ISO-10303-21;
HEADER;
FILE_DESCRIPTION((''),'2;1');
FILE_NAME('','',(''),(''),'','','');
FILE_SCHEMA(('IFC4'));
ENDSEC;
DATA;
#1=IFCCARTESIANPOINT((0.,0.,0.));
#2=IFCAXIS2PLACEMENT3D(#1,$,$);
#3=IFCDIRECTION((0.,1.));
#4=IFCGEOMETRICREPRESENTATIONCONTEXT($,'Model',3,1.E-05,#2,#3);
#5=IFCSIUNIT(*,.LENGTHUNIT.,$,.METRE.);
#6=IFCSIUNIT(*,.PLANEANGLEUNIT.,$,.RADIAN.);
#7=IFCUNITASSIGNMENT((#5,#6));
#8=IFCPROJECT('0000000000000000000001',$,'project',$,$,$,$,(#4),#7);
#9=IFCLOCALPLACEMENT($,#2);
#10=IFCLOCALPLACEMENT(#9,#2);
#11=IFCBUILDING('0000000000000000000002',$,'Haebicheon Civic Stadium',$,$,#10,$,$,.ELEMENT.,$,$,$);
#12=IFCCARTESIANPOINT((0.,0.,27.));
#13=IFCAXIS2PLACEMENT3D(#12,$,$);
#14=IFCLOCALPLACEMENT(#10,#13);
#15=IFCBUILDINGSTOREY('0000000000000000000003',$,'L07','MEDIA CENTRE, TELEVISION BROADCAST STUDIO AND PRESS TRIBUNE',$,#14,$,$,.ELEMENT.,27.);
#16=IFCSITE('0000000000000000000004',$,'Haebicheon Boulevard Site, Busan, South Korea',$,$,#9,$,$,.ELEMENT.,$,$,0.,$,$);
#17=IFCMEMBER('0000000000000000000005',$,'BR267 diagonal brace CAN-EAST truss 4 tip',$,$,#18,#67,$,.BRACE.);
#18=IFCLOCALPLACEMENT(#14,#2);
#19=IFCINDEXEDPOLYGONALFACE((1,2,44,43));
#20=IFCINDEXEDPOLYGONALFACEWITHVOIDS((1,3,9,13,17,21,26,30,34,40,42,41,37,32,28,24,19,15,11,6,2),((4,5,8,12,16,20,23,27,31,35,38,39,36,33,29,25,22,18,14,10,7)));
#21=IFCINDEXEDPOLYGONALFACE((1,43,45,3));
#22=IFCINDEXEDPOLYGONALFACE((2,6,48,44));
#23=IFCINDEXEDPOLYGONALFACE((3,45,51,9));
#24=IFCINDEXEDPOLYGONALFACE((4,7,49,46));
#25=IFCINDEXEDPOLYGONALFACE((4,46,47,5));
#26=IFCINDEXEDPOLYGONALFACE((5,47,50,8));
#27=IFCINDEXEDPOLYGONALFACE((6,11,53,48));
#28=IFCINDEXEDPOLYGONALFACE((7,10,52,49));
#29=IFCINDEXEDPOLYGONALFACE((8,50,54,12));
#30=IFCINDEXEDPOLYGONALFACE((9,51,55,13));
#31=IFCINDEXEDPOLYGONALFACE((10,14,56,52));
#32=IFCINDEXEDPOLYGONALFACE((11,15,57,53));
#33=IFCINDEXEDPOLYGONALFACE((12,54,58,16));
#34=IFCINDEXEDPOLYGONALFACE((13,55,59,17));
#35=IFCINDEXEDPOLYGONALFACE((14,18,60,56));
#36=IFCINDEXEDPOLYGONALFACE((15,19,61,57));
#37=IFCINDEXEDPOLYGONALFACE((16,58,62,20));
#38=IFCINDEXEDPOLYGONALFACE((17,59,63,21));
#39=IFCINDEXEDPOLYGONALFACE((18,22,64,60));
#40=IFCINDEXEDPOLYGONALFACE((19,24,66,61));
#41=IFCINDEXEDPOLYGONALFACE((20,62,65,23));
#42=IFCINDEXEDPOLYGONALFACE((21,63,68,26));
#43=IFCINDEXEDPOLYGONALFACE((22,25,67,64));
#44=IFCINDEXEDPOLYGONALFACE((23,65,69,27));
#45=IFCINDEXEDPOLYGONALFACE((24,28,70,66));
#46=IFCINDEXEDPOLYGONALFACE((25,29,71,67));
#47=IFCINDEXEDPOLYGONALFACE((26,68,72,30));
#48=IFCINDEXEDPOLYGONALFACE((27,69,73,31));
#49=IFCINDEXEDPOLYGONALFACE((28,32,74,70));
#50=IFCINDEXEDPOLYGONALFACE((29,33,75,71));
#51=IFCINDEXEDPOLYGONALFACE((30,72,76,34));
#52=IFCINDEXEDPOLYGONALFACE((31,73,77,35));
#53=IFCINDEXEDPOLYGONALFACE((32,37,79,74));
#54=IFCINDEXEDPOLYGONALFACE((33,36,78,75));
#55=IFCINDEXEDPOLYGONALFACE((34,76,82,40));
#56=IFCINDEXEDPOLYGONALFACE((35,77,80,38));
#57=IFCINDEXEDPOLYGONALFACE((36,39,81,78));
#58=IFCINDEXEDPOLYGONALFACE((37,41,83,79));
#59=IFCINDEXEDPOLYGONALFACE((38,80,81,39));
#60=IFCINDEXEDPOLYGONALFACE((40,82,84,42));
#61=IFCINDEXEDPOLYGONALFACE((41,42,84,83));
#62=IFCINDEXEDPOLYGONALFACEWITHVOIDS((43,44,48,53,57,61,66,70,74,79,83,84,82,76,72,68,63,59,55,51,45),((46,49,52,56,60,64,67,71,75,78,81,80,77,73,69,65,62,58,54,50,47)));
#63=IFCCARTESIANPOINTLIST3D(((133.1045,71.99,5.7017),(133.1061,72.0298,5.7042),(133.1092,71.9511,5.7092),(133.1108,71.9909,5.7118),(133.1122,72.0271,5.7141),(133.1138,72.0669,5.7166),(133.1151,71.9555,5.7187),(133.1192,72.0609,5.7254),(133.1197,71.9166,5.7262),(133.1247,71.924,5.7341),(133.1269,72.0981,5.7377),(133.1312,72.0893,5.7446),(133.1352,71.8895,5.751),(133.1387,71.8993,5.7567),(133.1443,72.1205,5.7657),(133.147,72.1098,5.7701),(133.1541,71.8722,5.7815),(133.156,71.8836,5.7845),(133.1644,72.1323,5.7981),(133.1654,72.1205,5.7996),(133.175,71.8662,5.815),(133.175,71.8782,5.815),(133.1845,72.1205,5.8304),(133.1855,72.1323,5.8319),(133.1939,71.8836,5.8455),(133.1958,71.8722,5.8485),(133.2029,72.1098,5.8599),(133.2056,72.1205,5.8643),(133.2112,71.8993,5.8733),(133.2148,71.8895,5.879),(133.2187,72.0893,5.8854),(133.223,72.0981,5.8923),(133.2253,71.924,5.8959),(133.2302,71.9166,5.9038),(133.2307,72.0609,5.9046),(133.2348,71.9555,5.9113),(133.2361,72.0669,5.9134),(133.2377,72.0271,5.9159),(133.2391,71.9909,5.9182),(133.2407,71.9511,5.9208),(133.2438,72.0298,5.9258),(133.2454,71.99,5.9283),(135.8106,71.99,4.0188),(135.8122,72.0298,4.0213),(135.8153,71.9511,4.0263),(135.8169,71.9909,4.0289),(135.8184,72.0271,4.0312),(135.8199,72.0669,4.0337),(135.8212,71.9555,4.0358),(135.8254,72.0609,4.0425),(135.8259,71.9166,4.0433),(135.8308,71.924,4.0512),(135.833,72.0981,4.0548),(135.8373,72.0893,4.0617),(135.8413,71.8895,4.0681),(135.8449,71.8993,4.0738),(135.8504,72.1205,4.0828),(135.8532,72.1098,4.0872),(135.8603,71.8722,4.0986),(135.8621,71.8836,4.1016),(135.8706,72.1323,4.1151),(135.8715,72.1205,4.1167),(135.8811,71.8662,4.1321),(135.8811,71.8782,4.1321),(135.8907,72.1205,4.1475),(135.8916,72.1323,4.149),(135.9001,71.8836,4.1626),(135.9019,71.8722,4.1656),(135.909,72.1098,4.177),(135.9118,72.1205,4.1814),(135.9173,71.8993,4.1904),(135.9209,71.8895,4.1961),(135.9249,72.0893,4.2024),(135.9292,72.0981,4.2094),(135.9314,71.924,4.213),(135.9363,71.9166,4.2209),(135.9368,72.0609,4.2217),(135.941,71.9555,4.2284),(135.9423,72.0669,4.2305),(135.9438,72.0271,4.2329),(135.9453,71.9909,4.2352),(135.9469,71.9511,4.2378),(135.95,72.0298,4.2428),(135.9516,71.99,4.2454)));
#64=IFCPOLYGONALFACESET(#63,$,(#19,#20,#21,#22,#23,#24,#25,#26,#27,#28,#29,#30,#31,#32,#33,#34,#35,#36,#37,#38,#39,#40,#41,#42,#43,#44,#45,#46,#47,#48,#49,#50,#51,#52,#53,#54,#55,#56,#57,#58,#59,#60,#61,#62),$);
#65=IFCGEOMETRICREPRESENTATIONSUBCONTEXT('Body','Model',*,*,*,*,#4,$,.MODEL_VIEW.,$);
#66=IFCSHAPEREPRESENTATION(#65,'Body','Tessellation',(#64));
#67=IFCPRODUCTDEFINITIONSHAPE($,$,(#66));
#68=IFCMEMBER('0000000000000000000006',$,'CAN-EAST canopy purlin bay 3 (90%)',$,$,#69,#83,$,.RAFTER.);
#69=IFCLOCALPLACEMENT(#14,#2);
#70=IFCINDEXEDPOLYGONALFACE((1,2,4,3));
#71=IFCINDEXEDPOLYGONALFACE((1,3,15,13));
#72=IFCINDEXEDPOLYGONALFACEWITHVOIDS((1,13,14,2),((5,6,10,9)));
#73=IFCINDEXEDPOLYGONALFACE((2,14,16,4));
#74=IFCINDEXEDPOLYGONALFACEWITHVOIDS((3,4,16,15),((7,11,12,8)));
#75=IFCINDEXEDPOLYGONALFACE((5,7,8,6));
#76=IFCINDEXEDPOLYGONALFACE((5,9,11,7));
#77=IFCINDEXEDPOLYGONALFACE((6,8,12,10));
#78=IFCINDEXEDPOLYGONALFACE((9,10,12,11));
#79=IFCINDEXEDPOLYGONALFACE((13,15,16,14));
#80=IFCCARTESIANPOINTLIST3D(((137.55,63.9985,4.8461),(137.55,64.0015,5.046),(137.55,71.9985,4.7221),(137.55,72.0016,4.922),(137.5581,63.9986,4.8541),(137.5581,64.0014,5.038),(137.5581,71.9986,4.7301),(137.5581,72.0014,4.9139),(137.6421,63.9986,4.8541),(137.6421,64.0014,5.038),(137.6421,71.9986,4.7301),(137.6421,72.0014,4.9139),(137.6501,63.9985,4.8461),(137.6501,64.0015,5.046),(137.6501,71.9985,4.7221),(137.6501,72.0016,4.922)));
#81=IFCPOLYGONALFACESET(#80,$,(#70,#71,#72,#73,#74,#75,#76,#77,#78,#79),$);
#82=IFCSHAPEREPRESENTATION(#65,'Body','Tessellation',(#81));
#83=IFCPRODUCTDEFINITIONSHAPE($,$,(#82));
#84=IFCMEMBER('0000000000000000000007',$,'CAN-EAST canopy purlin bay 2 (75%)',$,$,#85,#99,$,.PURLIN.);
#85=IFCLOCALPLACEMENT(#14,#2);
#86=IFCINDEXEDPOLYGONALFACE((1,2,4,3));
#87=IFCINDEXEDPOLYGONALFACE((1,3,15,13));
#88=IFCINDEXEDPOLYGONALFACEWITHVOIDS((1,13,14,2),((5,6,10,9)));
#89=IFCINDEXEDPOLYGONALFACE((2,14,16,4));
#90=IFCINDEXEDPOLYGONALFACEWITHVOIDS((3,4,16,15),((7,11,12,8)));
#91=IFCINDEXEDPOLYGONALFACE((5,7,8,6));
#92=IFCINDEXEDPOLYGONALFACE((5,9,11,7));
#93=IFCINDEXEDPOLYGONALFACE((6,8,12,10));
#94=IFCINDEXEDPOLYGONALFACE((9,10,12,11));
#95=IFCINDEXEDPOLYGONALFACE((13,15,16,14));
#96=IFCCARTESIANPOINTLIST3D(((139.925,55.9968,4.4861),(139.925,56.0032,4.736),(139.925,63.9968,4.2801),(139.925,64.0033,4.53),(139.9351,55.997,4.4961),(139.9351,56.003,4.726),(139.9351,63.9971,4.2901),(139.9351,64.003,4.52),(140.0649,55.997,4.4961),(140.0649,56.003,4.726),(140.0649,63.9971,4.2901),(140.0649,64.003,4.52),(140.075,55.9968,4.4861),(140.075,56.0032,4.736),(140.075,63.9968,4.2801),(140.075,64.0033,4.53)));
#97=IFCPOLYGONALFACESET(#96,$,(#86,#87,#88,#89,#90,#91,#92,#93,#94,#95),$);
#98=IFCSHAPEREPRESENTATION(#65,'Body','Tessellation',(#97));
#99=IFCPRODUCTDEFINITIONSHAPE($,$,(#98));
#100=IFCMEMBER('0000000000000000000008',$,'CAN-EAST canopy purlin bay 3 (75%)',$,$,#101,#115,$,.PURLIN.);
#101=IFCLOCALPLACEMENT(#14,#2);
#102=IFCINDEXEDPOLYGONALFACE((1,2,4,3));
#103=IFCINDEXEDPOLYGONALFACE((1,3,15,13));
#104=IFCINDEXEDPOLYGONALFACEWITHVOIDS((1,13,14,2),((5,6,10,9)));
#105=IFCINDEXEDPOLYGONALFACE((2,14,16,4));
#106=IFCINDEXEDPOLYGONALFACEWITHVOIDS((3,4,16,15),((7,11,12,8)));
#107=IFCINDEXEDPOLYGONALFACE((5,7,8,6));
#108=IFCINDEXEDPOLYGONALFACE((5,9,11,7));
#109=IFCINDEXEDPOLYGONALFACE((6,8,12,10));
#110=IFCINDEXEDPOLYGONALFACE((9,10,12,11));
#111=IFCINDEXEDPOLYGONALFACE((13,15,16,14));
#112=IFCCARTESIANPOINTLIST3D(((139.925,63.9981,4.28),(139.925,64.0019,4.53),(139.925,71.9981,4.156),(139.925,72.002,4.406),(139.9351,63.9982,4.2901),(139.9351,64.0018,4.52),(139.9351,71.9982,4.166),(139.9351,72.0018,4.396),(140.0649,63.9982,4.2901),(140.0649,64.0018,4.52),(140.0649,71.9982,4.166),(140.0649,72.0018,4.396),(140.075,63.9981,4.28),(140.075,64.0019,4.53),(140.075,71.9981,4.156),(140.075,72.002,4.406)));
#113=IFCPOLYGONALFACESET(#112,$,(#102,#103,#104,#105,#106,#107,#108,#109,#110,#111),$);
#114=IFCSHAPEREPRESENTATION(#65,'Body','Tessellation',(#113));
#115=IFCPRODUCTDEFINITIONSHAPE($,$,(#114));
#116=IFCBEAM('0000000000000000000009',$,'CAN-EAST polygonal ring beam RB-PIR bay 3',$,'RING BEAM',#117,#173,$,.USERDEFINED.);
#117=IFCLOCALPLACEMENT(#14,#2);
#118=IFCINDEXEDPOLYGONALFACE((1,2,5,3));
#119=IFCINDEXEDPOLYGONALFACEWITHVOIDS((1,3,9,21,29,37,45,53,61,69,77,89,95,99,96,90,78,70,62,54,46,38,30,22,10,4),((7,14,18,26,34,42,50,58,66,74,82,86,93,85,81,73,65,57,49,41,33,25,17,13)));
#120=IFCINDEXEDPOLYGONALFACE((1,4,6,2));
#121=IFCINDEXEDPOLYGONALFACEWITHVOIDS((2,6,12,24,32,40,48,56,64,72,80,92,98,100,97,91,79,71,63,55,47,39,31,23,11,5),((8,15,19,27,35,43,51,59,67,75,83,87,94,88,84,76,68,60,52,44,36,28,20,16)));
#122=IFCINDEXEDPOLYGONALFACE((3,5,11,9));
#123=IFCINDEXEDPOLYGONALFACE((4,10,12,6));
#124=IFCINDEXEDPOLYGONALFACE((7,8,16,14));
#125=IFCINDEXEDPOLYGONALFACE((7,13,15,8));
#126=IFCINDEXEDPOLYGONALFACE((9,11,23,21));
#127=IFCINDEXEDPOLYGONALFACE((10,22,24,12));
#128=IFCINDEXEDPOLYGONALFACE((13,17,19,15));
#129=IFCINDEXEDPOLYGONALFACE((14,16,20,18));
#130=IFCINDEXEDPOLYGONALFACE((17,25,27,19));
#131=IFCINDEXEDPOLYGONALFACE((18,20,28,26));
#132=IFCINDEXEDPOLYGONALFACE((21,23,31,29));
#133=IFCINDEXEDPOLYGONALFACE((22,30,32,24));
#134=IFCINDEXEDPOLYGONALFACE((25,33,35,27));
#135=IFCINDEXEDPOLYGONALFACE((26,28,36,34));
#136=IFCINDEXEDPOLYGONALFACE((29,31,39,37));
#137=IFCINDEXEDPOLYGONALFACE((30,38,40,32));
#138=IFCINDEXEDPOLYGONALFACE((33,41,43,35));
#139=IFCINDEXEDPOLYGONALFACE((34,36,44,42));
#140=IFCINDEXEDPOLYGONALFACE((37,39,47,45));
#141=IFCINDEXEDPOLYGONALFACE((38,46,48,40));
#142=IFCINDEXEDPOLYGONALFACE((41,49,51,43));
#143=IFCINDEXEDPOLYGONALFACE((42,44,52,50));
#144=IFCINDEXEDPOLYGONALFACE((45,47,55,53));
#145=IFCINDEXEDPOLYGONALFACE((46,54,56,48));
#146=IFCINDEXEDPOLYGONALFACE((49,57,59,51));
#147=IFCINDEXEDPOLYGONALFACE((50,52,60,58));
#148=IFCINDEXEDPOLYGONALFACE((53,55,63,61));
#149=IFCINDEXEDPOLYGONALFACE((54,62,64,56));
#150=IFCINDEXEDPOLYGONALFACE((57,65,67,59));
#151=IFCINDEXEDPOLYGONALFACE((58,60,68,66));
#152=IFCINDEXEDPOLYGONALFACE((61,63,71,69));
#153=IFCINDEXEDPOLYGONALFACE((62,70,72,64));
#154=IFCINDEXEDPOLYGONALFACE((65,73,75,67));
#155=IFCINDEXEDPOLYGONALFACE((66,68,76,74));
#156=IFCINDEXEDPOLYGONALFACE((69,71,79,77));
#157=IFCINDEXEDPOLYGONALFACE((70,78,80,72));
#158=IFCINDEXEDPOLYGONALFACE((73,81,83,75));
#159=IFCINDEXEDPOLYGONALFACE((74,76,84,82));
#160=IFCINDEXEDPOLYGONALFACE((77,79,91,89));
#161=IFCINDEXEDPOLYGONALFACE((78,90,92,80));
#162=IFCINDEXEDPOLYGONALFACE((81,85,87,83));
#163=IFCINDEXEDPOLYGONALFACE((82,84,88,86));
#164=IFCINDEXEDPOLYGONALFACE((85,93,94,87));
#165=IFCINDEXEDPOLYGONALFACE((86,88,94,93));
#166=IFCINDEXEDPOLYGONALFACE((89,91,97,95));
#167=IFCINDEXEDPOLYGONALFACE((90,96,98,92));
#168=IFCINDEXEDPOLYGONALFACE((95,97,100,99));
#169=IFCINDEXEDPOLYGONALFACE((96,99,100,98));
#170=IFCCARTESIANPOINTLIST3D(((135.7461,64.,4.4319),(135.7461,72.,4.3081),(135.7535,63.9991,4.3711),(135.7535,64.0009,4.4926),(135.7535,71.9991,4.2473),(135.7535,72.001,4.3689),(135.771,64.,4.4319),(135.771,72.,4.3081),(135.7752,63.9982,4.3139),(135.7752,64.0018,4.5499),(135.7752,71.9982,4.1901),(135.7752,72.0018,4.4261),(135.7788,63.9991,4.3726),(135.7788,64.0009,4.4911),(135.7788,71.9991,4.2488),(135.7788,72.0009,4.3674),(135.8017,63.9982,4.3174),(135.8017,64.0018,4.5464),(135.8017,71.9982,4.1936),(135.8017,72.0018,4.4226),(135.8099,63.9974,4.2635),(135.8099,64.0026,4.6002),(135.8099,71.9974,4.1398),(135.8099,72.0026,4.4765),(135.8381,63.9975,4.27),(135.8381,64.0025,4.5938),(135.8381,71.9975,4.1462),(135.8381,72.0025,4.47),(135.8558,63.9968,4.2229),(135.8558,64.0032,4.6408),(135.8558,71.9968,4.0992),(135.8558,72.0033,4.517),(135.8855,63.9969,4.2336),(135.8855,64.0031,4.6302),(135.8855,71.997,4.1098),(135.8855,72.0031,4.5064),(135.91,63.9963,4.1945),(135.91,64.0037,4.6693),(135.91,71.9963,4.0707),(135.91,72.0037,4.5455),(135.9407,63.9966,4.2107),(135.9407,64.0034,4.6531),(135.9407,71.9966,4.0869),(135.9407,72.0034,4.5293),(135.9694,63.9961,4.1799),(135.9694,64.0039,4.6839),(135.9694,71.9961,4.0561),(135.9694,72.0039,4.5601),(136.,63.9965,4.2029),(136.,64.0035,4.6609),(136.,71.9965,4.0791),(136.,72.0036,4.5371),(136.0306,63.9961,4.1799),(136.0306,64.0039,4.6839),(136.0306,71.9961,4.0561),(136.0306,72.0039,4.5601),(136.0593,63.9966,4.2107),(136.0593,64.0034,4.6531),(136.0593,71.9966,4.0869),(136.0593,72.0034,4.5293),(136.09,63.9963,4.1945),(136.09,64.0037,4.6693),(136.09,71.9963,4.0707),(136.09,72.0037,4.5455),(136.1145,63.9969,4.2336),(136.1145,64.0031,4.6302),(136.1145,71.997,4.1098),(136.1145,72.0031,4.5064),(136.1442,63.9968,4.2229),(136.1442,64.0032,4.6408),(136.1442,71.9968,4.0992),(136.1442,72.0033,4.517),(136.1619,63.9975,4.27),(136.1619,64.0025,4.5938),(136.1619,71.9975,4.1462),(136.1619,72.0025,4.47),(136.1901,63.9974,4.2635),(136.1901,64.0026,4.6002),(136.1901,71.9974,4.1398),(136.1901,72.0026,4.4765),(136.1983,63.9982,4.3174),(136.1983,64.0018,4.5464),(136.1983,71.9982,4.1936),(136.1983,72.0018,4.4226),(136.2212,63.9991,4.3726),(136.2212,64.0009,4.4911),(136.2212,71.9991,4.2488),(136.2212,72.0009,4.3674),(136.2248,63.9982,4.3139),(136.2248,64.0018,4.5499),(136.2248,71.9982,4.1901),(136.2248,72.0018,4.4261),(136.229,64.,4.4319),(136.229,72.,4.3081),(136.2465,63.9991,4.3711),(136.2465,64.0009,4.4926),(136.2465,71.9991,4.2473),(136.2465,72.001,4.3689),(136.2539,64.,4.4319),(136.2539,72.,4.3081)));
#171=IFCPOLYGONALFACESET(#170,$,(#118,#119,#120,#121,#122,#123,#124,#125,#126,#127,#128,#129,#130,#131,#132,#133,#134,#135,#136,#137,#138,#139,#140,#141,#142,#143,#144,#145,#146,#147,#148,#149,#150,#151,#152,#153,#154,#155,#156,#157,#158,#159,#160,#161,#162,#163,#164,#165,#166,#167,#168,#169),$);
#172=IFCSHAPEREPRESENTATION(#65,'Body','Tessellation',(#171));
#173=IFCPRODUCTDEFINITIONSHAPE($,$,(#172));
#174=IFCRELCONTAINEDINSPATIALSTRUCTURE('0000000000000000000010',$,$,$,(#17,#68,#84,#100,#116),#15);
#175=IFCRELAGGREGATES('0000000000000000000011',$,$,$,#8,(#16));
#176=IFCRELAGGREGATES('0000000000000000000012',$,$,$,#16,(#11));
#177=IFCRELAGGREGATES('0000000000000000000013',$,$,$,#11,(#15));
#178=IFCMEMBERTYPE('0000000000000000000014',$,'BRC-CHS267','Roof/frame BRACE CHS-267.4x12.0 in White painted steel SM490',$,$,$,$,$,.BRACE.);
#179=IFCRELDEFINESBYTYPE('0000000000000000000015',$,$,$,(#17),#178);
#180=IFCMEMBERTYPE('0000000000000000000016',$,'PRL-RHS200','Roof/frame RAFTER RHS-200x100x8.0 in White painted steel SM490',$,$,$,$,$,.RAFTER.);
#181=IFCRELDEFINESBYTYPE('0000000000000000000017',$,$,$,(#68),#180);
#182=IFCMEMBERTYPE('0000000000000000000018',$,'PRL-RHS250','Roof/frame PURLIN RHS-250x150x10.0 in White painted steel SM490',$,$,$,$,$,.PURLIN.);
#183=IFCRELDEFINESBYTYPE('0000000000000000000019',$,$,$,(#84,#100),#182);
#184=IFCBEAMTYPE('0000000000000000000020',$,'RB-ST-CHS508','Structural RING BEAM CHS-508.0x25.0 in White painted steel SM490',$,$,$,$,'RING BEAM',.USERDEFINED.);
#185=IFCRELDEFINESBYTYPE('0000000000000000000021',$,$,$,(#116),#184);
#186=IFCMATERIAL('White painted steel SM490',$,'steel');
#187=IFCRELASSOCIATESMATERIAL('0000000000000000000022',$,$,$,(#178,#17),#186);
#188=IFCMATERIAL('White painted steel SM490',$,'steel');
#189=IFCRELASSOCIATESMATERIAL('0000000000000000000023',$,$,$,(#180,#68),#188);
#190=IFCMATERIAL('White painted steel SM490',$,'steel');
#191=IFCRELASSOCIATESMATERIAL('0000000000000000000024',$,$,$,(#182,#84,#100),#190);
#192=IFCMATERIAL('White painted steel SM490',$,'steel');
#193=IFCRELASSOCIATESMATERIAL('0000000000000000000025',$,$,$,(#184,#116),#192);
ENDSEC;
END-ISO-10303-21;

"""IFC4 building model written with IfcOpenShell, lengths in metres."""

from ifc_helpers import new_model, si_unit, direction, frame, origin, origin_2d, place, context, subcontext, project, spatial, hollow_rectangle, hollow_circle, extrude, material, material_profile, profile_set, type_object, element, save


model = new_model("IFC4")

# Units and contexts
model_context = context("Model", 3, precision=1e-05, world=origin(), true_north=direction((0.0, 1.0)))
body_context = subcontext(model_context, "Body", "Model", "MODEL_VIEW")
ifc_project = project(units=[si_unit("LENGTHUNIT", "METRE"), si_unit("PLANEANGLEUNIT", "RADIAN")], contexts=[model_context])

# Site, building, storey
site_placement = place(None, origin())
site = spatial("IfcSite", under=ifc_project, at=site_placement, Name="Haebicheon Boulevard Site, Busan, South Korea", CompositionType="ELEMENT", RefElevation=0.0)
building_placement = place(site_placement, origin())
building = spatial("IfcBuilding", under=site, at=building_placement, Name="Haebicheon Civic Stadium", CompositionType="ELEMENT")
storey_placement = place(building_placement, frame((0.0, 0.0, 27.0)))
storey = spatial("IfcBuildingStorey", under=building, at=storey_placement, Name="L07", Description="MEDIA CENTRE, TELEVISION BROADCAST STUDIO AND PRESS TRIBUNE", CompositionType="ELEMENT", Elevation=27.0)

# Members
ifc_material_1 = material(Name="White painted steel SM490", Category="steel")
ifc_material_profile_1 = material_profile(ifc_material_1, hollow_circle(Radius=0.1338, WallThickness=0.012, at=origin_2d()), Name="CHS-267.4x12.0")
ifc_profile_set_1 = profile_set([ifc_material_profile_1], Name="White painted steel SM490")
member_type_1 = type_object("IfcMemberType", Name="BRC-CHS267", Description="Roof/frame BRACE CHS-267.4x12.0 in White painted steel SM490", PredefinedType="BRACE", material=ifc_profile_set_1)
member_1_placement = place(storey_placement, frame((135.8811, 72.0, 4.1321), z_axis=(-0.849184, 0.0, 0.528097), x_axis=(0.0, -1.0, 0.0)))
element("IfcMember", 1, at=member_1_placement, inside=storey, type_object=member_type_1, material=ifc_profile_set_1, Name="BR267 diagonal brace CAN-EAST truss 4 tip", PredefinedType="BRACE", context=body_context, shape_type="SweptSolid", body=[
    extrude(hollow_circle(Radius=0.1338, WallThickness=0.012, at=origin_2d()), origin(), (0.0, 0.0, 1.0), 3.1868),
])
ifc_material_2 = material(Name="White painted steel SM490", Category="steel")
ifc_material_profile_2 = material_profile(ifc_material_2, hollow_rectangle(XDim=0.1001, YDim=0.2, WallThickness=0.0081, at=origin_2d()), Name="RHS-200x100x8.0")
ifc_profile_set_2 = profile_set([ifc_material_profile_2], Name="White painted steel SM490")
member_type_2 = type_object("IfcMemberType", Name="PRL-RHS200", Description="Roof/frame RAFTER RHS-200x100x8.0 in White painted steel SM490", PredefinedType="RAFTER", material=ifc_profile_set_2)
member_2_placement = place(storey_placement, frame((137.6001, 64.0, 4.946), z_axis=(0.0, 0.99988, -0.015501), x_axis=(-1.0, 0.0, 0.0)))
element("IfcMember", 2, at=member_2_placement, inside=storey, type_object=member_type_2, material=ifc_profile_set_2, Name="CAN-EAST canopy purlin bay 3 (90%)", PredefinedType="RAFTER", context=body_context, shape_type="SweptSolid", body=[
    extrude(hollow_rectangle(XDim=0.1001, YDim=0.2, WallThickness=0.0081, at=origin_2d()), origin(), (0.0, 0.0, 1.0), 8.001),
])
ifc_material_3 = material(Name="White painted steel SM490", Category="steel")
ifc_material_profile_3 = material_profile(ifc_material_3, hollow_rectangle(XDim=0.1499, YDim=0.25, WallThickness=0.01, at=origin_2d()), Name="RHS-250x150x10.0")
ifc_profile_set_3 = profile_set([ifc_material_profile_3], Name="White painted steel SM490")
member_type_3 = type_object("IfcMemberType", Name="PRL-RHS250", Description="Roof/frame PURLIN RHS-250x150x10.0 in White painted steel SM490", PredefinedType="PURLIN", material=ifc_profile_set_3)
member_3_placement = place(storey_placement, frame((140.0, 56.0, 4.6111), z_axis=(0.0, 0.999668, -0.025748), x_axis=(-1.0, 0.0, 0.0)))
element("IfcMember", 3, at=member_3_placement, inside=storey, type_object=member_type_3, material=ifc_profile_set_3, Name="CAN-EAST canopy purlin bay 2 (75%)", PredefinedType="PURLIN", context=body_context, shape_type="SweptSolid", body=[
    extrude(hollow_rectangle(XDim=0.1499, YDim=0.25, WallThickness=0.01, at=origin_2d()), origin(), (0.0, 0.0, 1.0), 8.0027),
])
member_4_placement = place(storey_placement, frame((140.0, 64.0, 4.405), z_axis=(0.0, 0.99988, -0.015501), x_axis=(-1.0, 0.0, 0.0)))
element("IfcMember", 4, at=member_4_placement, inside=storey, type_object=member_type_3, material=ifc_profile_set_3, Name="CAN-EAST canopy purlin bay 3 (75%)", PredefinedType="PURLIN", context=body_context, shape_type="SweptSolid", body=[
    extrude(hollow_rectangle(XDim=0.1499, YDim=0.25, WallThickness=0.01, at=origin_2d()), origin(), (0.0, 0.0, 1.0), 8.001),
])

# Beam
ifc_material_4 = material(Name="White painted steel SM490", Category="steel")
ifc_material_profile_4 = material_profile(ifc_material_4, hollow_circle(Radius=0.2539, WallThickness=0.0249, at=origin_2d()), Name="CHS-508.0x25.0")
ifc_profile_set_4 = profile_set([ifc_material_profile_4], Name="White painted steel SM490")
beam_type = type_object("IfcBeamType", Name="RB-ST-CHS508", Description="Structural RING BEAM CHS-508.0x25.0 in White painted steel SM490", ElementType="RING BEAM", PredefinedType="USERDEFINED", material=ifc_profile_set_4)
beam_placement = place(storey_placement, frame((136.0, 64.0, 4.4319), z_axis=(0.0, 0.99988, -0.015471), x_axis=(-1.0, 0.0, 0.0)))
element("IfcBeam", 5, at=beam_placement, inside=storey, type_object=beam_type, material=ifc_profile_set_4, Name="CAN-EAST polygonal ring beam RB-PIR bay 3", ObjectType="RING BEAM", PredefinedType="USERDEFINED", context=body_context, shape_type="SweptSolid", body=[
    extrude(hollow_circle(Radius=0.2539, WallThickness=0.0249, at=origin_2d()), origin(), (0.0, 0.0, 1.0), 8.001),
])

save(model, "model.ifc")
